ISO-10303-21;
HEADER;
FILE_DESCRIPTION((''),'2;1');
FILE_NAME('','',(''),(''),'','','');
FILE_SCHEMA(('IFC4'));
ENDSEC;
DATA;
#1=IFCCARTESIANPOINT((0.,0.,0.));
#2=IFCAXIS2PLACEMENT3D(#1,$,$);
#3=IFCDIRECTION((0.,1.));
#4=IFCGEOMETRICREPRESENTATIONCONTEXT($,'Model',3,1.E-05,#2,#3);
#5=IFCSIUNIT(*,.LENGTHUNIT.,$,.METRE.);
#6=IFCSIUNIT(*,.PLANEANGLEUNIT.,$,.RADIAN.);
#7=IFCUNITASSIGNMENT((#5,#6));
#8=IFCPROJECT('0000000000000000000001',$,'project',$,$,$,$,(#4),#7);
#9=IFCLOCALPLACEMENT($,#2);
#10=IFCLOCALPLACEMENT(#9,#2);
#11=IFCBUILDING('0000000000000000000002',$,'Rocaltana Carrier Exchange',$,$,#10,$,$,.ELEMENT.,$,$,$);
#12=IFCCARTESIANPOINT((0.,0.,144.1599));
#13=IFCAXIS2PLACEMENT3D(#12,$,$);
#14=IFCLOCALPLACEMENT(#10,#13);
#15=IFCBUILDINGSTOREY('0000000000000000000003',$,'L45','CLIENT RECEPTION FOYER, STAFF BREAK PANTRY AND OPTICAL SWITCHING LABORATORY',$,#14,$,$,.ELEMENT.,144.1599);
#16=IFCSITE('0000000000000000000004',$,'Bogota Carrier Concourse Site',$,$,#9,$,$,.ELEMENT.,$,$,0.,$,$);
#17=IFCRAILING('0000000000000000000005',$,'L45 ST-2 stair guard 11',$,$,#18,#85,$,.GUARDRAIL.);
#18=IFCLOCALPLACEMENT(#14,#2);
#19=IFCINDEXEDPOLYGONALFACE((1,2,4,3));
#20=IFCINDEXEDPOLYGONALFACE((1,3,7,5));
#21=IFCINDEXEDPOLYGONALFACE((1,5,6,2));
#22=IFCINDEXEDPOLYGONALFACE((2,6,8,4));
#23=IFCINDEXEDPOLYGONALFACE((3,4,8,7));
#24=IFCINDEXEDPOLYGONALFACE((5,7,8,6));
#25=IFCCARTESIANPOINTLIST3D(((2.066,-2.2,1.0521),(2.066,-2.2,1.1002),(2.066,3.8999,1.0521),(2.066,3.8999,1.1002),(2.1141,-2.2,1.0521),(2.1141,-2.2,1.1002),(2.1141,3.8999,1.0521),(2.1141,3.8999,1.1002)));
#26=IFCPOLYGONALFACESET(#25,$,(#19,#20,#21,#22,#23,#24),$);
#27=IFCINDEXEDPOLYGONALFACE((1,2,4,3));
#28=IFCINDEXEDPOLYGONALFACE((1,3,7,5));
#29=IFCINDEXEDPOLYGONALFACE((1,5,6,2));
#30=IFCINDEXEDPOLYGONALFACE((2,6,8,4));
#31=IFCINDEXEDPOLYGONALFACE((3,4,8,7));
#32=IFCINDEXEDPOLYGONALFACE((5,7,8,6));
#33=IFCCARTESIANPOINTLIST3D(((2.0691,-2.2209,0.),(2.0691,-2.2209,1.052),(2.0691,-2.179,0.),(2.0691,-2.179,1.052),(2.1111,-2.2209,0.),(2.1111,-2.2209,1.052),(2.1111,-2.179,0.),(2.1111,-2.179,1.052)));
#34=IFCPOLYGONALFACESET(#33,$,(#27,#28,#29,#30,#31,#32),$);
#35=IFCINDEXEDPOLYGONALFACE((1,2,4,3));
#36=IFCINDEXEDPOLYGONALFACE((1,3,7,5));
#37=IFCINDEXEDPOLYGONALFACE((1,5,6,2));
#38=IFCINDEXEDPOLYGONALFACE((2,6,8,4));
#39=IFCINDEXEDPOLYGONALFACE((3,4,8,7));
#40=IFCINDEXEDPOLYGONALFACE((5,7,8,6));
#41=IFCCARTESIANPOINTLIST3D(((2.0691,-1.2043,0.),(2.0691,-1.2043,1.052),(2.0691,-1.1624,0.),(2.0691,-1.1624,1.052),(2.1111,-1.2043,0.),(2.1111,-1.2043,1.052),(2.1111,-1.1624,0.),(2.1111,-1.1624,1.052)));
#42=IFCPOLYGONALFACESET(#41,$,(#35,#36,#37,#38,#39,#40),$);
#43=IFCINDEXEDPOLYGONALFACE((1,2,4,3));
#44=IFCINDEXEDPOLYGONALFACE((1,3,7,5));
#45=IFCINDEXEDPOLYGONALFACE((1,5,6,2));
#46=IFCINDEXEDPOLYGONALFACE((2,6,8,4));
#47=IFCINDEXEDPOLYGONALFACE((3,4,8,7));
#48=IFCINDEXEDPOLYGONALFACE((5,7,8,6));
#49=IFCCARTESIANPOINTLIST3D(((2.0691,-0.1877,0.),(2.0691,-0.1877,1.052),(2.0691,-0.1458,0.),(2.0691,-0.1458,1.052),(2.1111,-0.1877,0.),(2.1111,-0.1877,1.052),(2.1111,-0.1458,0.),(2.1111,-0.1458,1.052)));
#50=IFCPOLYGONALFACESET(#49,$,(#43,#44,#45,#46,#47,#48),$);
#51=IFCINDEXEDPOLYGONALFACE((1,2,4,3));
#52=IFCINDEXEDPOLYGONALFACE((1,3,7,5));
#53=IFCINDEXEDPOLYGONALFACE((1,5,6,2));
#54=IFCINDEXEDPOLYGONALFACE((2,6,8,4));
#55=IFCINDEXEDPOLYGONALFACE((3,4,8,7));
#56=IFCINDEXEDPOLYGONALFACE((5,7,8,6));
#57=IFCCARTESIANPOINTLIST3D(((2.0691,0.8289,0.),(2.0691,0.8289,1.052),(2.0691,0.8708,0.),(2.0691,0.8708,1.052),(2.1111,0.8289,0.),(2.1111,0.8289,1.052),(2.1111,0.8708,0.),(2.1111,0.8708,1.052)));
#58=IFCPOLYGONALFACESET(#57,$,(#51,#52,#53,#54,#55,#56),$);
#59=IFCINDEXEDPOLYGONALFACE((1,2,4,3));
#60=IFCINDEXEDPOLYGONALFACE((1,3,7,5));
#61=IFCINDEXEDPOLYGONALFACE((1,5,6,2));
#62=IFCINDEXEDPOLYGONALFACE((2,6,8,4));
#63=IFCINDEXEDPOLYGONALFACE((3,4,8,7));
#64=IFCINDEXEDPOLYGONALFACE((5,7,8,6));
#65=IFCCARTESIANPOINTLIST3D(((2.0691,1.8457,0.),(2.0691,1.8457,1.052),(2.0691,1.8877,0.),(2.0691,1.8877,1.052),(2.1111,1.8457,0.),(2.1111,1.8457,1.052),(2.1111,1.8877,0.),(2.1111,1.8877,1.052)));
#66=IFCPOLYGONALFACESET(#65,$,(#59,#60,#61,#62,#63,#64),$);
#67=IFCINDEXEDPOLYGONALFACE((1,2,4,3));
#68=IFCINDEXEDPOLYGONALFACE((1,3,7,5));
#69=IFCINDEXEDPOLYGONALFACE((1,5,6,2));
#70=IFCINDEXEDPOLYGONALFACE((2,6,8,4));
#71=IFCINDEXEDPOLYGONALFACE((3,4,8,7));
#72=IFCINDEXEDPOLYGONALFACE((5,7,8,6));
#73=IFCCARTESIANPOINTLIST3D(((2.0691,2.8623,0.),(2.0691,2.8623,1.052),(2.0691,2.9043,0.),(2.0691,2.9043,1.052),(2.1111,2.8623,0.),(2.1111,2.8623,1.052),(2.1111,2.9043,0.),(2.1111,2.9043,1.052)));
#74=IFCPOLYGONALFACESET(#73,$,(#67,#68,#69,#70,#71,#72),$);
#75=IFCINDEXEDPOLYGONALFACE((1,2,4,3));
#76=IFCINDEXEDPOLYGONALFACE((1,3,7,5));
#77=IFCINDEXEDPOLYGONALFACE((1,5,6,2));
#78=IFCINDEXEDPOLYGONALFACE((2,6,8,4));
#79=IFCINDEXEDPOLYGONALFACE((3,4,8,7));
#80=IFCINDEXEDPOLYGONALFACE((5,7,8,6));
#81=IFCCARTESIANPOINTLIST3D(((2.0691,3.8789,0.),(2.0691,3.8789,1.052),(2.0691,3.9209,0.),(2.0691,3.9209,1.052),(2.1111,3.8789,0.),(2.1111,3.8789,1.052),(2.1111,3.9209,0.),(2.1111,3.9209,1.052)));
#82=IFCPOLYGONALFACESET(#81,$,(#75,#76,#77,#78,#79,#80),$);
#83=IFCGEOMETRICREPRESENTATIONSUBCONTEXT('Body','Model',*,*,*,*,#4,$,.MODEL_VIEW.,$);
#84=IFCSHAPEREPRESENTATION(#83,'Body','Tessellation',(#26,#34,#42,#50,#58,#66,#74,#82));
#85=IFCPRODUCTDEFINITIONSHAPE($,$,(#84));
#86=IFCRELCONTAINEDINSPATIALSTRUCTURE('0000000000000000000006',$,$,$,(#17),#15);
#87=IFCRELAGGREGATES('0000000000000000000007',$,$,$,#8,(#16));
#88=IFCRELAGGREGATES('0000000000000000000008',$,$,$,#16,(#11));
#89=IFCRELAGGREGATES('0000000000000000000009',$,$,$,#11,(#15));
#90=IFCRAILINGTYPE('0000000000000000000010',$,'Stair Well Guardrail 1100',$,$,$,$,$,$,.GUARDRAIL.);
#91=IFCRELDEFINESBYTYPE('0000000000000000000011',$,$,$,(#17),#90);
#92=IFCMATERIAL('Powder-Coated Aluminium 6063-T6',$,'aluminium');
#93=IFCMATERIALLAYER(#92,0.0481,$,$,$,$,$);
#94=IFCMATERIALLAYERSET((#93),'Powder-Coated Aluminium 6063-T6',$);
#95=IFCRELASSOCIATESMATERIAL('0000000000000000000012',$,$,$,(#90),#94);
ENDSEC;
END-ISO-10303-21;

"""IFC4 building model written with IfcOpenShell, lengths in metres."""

from ifc_helpers import new_model, si_unit, direction, frame, origin, origin_2d, place, context, subcontext, project, spatial, rectangle, extrude, material, layer, layer_set, type_object, element, save


model = new_model("IFC4")

# Units and contexts
model_context = context("Model", 3, precision=1e-05, world=origin(), true_north=direction((0.0, 1.0)))
body_context = subcontext(model_context, "Body", "Model", "MODEL_VIEW")
ifc_project = project(units=[si_unit("LENGTHUNIT", "METRE"), si_unit("PLANEANGLEUNIT", "RADIAN")], contexts=[model_context])

# Site, building, storey
site_placement = place(None, origin())
site = spatial("IfcSite", under=ifc_project, at=site_placement, Name="Bogota Carrier Concourse Site", CompositionType="ELEMENT", RefElevation=0.0)
building_placement = place(site_placement, origin())
building = spatial("IfcBuilding", under=site, at=building_placement, Name="Rocaltana Carrier Exchange", CompositionType="ELEMENT")
storey_placement = place(building_placement, frame((0.0, 0.0, 144.1599)))
storey = spatial("IfcBuildingStorey", under=building, at=storey_placement, Name="L45", Description="CLIENT RECEPTION FOYER, STAFF BREAK PANTRY AND OPTICAL SWITCHING LABORATORY", CompositionType="ELEMENT", Elevation=144.1599)

# Railing
ifc_material_1 = material(Name="Powder-Coated Aluminium 6063-T6", Category="aluminium")
ifc_layer_1 = layer(ifc_material_1, 0.0481)
ifc_layer_set_1 = layer_set([ifc_layer_1], Name="Powder-Coated Aluminium 6063-T6")
railing_type_1 = type_object("IfcRailingType", Name="Stair Well Guardrail 1100", PredefinedType="GUARDRAIL", material=ifc_layer_set_1)
for number, where, name in (
    (1, (2.0901, -2.2, 0.0), "L45 ST-2 stair guard 11"),
):
    element("IfcRailing", number, at=place(storey_placement, frame(where)), inside=storey, type_object=railing_type_1, Name=name, PredefinedType="GUARDRAIL", context=body_context, shape_type="SweptSolid", body=[
        extrude(rectangle(XDim=0.0481, YDim=0.0481, at=origin_2d()), frame((0.0, 0.0, 1.0762), z_axis=(0.0, 1.0, 0.0), x_axis=(-1.0, 0.0, 0.0)), (0.0, 0.0, 1.0), 6.0999),
        extrude(rectangle(XDim=0.042, YDim=0.042, at=origin_2d()), origin(), (0.0, 0.0, 1.0), 1.052),
        extrude(rectangle(XDim=0.042, YDim=0.042, at=origin_2d()), frame((0.0, 1.0166, 0.0)), (0.0, 0.0, 1.0), 1.052),
        extrude(rectangle(XDim=0.042, YDim=0.042, at=origin_2d()), frame((0.0, 2.0332, 0.0)), (0.0, 0.0, 1.0), 1.052),
        extrude(rectangle(XDim=0.042, YDim=0.042, at=origin_2d()), frame((0.0, 3.0498, 0.0)), (0.0, 0.0, 1.0), 1.052),
        extrude(rectangle(XDim=0.042, YDim=0.042, at=origin_2d()), frame((0.0, 4.0667, 0.0)), (0.0, 0.0, 1.0), 1.052),
        extrude(rectangle(XDim=0.042, YDim=0.042, at=origin_2d()), frame((0.0, 5.0833, 0.0)), (0.0, 0.0, 1.0), 1.052),
        extrude(rectangle(XDim=0.042, YDim=0.042, at=origin_2d()), frame((0.0, 6.0999, 0.0)), (0.0, 0.0, 1.0), 1.052),
    ])

save(model, "model.ifc")
